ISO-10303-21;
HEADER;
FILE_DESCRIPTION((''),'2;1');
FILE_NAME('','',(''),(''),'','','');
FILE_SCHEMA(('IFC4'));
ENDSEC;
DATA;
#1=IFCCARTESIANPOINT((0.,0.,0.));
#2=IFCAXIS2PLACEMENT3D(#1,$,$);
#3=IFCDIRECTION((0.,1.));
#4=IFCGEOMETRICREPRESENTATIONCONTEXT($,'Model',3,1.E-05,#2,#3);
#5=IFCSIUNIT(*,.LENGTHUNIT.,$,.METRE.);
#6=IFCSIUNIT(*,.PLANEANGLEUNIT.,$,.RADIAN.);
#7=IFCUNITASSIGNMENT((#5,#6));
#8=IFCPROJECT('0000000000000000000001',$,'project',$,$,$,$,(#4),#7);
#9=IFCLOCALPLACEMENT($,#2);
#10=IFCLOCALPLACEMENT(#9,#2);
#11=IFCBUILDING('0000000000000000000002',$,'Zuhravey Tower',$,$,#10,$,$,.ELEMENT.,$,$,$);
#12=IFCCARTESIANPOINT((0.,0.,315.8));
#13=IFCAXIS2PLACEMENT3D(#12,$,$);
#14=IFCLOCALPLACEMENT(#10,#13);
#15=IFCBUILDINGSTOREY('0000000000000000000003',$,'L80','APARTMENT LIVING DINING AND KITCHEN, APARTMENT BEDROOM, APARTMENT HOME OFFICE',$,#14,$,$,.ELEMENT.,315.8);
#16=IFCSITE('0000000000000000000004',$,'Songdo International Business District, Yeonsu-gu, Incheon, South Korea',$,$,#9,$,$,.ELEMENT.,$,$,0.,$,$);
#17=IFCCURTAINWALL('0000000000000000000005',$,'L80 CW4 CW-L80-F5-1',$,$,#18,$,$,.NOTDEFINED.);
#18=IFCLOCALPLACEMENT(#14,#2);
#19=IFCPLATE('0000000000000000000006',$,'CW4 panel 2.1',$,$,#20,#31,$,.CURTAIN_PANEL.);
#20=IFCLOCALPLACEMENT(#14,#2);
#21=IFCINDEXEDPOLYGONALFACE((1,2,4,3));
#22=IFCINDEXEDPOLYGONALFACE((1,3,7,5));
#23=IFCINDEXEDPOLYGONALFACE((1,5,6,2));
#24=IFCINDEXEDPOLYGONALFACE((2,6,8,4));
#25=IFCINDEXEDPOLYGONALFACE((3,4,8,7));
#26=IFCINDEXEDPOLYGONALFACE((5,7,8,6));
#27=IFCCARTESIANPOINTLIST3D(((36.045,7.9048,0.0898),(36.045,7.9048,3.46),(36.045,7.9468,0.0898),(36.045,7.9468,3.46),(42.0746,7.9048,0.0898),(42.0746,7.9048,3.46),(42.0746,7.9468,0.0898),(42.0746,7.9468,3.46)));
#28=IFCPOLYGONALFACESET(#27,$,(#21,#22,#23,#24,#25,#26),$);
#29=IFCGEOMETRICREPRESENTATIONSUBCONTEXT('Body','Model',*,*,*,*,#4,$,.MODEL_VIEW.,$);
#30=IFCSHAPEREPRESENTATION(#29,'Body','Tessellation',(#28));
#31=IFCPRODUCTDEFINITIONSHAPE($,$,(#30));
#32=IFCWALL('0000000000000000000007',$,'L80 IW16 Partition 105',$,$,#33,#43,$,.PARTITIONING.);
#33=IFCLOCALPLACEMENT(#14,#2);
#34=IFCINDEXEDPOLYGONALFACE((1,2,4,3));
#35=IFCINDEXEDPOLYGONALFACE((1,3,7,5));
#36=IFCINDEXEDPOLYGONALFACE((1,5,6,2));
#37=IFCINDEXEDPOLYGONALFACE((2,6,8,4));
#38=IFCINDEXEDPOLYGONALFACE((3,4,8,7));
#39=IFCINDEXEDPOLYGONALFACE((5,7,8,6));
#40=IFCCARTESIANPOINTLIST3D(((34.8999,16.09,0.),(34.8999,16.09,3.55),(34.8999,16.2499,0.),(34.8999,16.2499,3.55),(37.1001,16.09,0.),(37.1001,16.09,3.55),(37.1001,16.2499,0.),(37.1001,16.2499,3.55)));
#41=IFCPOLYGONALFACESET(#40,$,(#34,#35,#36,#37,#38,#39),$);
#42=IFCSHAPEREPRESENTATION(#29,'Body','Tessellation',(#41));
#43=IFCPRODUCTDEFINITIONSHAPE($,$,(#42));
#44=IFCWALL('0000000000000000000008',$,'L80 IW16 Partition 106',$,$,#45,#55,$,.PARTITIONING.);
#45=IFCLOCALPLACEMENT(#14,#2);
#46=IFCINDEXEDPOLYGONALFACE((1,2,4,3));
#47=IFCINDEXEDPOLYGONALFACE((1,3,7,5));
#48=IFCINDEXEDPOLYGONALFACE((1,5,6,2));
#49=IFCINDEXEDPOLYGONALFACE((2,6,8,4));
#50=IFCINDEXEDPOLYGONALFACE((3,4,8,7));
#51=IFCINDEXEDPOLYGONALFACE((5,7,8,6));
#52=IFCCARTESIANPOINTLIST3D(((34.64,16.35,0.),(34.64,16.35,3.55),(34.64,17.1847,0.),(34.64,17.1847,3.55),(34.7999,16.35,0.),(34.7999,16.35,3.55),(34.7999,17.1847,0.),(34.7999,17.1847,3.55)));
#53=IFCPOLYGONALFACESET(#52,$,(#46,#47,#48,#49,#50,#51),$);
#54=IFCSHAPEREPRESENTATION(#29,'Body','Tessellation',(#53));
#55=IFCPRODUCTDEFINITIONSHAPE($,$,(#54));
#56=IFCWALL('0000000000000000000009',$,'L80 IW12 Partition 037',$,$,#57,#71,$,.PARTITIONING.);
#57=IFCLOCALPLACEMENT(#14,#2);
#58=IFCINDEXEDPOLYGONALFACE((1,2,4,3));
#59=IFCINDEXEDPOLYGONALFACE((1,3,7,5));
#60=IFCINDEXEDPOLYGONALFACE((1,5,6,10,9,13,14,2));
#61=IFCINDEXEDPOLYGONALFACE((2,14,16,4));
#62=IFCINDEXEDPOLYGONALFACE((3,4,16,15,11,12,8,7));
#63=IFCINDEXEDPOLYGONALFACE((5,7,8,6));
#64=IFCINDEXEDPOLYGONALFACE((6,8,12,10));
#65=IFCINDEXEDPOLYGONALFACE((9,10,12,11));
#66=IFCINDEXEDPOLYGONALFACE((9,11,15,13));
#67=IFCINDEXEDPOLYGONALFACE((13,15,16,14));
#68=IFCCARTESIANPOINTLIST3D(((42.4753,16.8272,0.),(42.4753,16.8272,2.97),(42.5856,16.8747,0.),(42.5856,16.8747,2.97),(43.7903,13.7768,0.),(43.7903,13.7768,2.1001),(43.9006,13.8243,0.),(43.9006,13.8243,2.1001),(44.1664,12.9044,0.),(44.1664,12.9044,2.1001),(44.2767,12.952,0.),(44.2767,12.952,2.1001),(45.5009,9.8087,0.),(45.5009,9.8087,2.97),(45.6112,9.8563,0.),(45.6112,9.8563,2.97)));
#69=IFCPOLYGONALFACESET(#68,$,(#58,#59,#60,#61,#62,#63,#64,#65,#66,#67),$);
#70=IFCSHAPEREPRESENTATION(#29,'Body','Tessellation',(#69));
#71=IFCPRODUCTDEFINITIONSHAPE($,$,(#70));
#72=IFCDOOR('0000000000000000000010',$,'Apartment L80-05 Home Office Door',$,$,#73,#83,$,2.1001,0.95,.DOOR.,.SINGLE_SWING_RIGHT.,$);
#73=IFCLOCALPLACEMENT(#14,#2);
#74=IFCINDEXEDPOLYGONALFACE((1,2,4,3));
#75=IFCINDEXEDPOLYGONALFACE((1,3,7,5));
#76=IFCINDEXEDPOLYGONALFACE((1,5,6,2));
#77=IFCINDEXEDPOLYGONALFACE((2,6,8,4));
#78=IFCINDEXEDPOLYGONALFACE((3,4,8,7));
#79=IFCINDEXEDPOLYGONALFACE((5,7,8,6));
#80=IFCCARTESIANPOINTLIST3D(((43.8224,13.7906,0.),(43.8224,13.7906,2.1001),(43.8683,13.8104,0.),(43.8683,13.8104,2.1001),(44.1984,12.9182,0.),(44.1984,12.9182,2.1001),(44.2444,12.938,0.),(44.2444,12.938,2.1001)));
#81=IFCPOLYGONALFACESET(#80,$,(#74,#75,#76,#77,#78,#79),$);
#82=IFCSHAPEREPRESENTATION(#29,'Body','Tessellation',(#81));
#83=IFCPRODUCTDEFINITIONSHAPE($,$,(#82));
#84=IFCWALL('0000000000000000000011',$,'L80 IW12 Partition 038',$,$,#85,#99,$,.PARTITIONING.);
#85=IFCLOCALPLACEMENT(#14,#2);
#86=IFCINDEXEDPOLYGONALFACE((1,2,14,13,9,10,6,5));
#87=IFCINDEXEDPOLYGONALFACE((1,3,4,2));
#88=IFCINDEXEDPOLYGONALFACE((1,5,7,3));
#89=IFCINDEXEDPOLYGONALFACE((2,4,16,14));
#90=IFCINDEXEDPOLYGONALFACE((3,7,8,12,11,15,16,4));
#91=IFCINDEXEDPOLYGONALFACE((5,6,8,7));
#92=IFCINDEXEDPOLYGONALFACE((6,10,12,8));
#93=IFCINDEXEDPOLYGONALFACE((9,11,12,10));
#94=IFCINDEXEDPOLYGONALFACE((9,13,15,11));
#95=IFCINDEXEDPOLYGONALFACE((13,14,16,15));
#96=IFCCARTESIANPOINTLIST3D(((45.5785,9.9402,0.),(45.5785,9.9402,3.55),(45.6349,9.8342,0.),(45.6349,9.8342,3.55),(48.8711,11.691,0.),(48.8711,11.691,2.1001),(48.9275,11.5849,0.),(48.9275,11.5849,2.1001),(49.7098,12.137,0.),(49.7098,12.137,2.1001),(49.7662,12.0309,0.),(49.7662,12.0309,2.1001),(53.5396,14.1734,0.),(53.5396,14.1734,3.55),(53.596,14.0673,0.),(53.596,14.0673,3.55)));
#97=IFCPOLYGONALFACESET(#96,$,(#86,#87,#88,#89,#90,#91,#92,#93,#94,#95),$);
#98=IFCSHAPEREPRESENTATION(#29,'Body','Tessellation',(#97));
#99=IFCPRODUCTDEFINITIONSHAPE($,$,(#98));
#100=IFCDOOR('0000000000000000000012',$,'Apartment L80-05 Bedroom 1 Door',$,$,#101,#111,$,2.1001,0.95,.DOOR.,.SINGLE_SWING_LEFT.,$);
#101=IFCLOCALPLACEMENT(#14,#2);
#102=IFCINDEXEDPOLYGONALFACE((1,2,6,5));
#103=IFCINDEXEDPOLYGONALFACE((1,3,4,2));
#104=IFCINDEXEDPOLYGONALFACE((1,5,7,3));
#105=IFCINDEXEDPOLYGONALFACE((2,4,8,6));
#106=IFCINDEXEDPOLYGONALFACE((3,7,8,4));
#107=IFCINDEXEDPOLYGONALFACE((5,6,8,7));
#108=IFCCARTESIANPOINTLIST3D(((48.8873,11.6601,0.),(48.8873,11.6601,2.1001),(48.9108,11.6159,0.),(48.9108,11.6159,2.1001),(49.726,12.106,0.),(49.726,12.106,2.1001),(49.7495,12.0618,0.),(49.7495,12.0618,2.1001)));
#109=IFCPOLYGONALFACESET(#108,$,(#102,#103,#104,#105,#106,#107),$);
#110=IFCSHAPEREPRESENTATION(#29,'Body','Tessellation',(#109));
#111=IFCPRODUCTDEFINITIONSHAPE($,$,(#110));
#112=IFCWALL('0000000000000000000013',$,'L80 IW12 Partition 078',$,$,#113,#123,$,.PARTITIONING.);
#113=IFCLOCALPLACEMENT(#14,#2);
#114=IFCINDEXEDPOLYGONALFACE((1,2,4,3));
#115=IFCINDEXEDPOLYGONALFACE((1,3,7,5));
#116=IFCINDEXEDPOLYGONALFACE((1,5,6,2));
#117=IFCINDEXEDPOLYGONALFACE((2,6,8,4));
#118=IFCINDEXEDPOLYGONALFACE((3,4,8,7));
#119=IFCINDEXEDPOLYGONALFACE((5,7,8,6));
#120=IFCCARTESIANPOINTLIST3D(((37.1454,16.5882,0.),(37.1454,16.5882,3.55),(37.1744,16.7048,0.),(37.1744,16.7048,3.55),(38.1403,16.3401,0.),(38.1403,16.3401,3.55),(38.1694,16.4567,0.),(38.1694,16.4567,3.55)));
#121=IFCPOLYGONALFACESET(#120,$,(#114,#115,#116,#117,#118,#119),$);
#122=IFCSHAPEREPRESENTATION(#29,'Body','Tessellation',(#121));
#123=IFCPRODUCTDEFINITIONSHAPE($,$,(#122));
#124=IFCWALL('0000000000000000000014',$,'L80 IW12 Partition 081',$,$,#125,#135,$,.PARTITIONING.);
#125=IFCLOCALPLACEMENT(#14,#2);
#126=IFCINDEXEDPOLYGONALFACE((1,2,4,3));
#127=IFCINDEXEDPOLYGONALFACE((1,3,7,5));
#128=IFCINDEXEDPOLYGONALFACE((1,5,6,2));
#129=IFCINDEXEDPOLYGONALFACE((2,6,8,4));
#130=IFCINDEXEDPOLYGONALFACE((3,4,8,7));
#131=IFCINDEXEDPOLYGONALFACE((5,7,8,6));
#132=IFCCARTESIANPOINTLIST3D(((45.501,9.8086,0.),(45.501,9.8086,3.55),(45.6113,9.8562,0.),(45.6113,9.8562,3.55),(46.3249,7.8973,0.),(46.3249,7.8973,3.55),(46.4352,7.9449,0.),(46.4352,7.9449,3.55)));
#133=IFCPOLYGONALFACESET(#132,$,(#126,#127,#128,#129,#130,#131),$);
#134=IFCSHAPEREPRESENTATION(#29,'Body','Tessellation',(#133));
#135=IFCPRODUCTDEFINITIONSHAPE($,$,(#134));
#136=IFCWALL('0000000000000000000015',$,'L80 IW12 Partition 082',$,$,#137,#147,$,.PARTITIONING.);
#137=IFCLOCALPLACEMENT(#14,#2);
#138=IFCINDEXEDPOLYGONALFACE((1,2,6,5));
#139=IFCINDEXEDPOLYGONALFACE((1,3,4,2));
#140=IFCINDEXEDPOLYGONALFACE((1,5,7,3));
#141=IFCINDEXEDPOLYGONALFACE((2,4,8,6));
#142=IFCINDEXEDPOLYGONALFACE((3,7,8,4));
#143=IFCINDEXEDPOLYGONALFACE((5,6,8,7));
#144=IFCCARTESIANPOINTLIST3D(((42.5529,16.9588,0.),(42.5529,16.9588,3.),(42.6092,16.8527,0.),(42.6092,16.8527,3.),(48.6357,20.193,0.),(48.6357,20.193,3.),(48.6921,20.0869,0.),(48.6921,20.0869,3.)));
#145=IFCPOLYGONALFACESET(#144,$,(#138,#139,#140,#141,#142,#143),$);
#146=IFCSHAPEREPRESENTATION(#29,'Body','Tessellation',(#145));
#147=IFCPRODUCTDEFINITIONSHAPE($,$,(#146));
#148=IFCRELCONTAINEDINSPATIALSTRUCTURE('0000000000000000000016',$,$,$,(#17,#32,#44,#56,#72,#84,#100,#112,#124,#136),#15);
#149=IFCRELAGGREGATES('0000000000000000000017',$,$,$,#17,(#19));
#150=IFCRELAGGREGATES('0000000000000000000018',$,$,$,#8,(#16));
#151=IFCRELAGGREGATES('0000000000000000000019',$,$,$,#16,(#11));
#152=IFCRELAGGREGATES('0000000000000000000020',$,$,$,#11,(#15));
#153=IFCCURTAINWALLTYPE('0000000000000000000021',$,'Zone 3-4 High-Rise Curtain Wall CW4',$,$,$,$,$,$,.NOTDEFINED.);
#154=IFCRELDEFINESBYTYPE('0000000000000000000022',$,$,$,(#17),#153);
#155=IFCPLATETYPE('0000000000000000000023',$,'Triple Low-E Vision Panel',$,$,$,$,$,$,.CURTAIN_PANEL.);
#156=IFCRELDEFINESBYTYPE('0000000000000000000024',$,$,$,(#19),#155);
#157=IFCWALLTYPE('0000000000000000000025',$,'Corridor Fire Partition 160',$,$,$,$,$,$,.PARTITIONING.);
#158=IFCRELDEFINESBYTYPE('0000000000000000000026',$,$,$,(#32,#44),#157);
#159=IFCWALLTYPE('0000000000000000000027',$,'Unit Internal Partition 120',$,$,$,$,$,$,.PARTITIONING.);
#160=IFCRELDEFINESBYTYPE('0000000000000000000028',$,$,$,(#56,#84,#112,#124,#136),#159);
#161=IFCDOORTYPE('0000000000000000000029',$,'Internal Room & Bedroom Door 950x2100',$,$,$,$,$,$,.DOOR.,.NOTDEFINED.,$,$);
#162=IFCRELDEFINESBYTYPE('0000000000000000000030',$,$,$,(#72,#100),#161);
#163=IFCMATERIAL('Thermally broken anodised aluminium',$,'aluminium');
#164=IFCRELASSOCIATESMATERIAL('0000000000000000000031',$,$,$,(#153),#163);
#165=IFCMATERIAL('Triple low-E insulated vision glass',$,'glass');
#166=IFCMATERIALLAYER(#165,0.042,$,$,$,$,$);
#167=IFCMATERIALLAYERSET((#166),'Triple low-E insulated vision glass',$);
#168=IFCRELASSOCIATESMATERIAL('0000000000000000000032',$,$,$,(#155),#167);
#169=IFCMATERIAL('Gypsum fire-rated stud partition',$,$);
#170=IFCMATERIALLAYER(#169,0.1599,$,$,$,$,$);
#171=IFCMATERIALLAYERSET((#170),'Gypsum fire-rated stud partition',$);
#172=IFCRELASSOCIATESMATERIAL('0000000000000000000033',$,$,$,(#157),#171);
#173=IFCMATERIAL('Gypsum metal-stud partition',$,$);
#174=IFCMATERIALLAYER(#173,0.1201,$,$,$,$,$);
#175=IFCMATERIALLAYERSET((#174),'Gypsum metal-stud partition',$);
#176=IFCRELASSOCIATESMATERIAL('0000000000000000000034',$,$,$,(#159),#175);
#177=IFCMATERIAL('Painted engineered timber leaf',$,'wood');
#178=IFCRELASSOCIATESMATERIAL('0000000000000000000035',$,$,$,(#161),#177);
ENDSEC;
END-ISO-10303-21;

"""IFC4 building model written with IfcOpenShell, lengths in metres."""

from ifc_helpers import new_model, si_unit, direction, frame, frame_2d, origin, origin_2d, place, context, subcontext, project, spatial, rectangle, extrude, material, layer, layer_set, type_object, element, fill, aggregate, save


model = new_model("IFC4")

# Units and contexts
model_context = context("Model", 3, precision=1e-05, world=origin(), true_north=direction((0.0, 1.0)))
body_context = subcontext(model_context, "Body", "Model", "MODEL_VIEW")
ifc_project = project(units=[si_unit("LENGTHUNIT", "METRE"), si_unit("PLANEANGLEUNIT", "RADIAN")], contexts=[model_context])

# Site, building, storey
site_placement = place(None, origin())
site = spatial("IfcSite", under=ifc_project, at=site_placement, Name="Songdo International Business District, Yeonsu-gu, Incheon, South Korea", CompositionType="ELEMENT", RefElevation=0.0)
building_placement = place(site_placement, origin())
building = spatial("IfcBuilding", under=site, at=building_placement, Name="Zuhravey Tower", CompositionType="ELEMENT")
storey_placement = place(building_placement, frame((0.0, 0.0, 315.8)))
storey = spatial("IfcBuildingStorey", under=building, at=storey_placement, Name="L80", Description="APARTMENT LIVING DINING AND KITCHEN, APARTMENT BEDROOM, APARTMENT HOME OFFICE", CompositionType="ELEMENT", Elevation=315.8)

# Curtain wall
ifc_material_1 = material(Name="Thermally broken anodised aluminium", Category="aluminium")
curtain_wall_type = type_object("IfcCurtainWallType", Name="Zone 3-4 High-Rise Curtain Wall CW4", PredefinedType="NOTDEFINED", material=ifc_material_1)
curtain_wall_placement = place(storey_placement, origin())
curtain_wall = element("IfcCurtainWall", 1, at=curtain_wall_placement, inside=storey, type_object=curtain_wall_type, Name="L80 CW4 CW-L80-F5-1", PredefinedType="NOTDEFINED")

# Plate
ifc_material_2 = material(Name="Triple low-E insulated vision glass", Category="glass")
ifc_layer_1 = layer(ifc_material_2, 0.042)
ifc_layer_set_1 = layer_set([ifc_layer_1], Name="Triple low-E insulated vision glass")
plate_type_1 = type_object("IfcPlateType", Name="Triple Low-E Vision Panel", PredefinedType="CURTAIN_PANEL", material=ifc_layer_set_1)
plate_1_placement = place(storey_placement, frame((39.0598, 7.9258, 0.0898), z_axis=(0.0, 0.0, 1.0), x_axis=(-1.0, 0.0, 0.0)))
plate_1 = element("IfcPlate", 2, at=plate_1_placement, type_object=plate_type_1, Name="CW4 panel 2.1", PredefinedType="CURTAIN_PANEL", context=body_context, shape_type="SweptSolid", body=[
    extrude(rectangle(XDim=6.0295, YDim=0.042, at=origin_2d()), origin(), (0.0, 0.0, 1.0), 3.3701),
])
aggregate(curtain_wall, [plate_1])

# Walls
ifc_material_3 = material(Name="Gypsum fire-rated stud partition")
ifc_layer_2 = layer(ifc_material_3, 0.1599)
ifc_layer_set_2 = layer_set([ifc_layer_2], Name="Gypsum fire-rated stud partition")
wall_type_1 = type_object("IfcWallType", Name="Corridor Fire Partition 160", PredefinedType="PARTITIONING", material=ifc_layer_set_2)
wall_1_placement = place(storey_placement, frame((34.8999, 16.1699, 0.0), z_axis=(0.0, 0.0, 1.0), x_axis=(1.0, 0.0, 0.0)))
element("IfcWall", 3, at=wall_1_placement, inside=storey, type_object=wall_type_1, Name="L80 IW16 Partition 105", PredefinedType="PARTITIONING", context=body_context, shape_type="SweptSolid", body=[
    extrude(rectangle(XDim=2.2002, YDim=0.1599, at=frame_2d((1.1001, 0.0))), origin(), (0.0, 0.0, 1.0), 3.55),
])
wall_2_placement = place(storey_placement, frame((34.72, 17.1848, 0.0), z_axis=(0.0, 0.0, 1.0), x_axis=(0.0, -1.0, 0.0)))
element("IfcWall", 4, at=wall_2_placement, inside=storey, type_object=wall_type_1, Name="L80 IW16 Partition 106", PredefinedType="PARTITIONING", context=body_context, shape_type="SweptSolid", body=[
    extrude(rectangle(XDim=0.8347, YDim=0.1599, at=frame_2d((0.4175, 0.0))), origin(), (0.0, 0.0, 1.0), 3.55),
])

# Walls, openings, doors
ifc_material_4 = material(Name="Gypsum metal-stud partition")
ifc_layer_3 = layer(ifc_material_4, 0.1201)
ifc_layer_set_3 = layer_set([ifc_layer_3], Name="Gypsum metal-stud partition")
wall_type_2 = type_object("IfcWallType", Name="Unit Internal Partition 120", PredefinedType="PARTITIONING", material=ifc_layer_set_3)
wall_3_placement = place(storey_placement, frame((42.5305, 16.8508, 0.0), z_axis=(0.0, 0.0, 1.0), x_axis=(0.395873, -0.918305, 0.0)))
wall_3 = element("IfcWall", 5, at=wall_3_placement, inside=storey, type_object=wall_type_2, Name="L80 IW12 Partition 037", PredefinedType="PARTITIONING", context=body_context, shape_type="SweptSolid", body=[
    extrude(rectangle(XDim=7.6428, YDim=0.1201, at=frame_2d((3.8213, 0.0))), origin(), (0.0, 0.0, 1.0), 2.97),
])
opening_1_placement = place(wall_3_placement, frame((3.3215, 0.0, 0.0)))
opening_1 = element("IfcOpeningElement", 6, at=opening_1_placement, cuts=wall_3, PredefinedType="OPENING", context=body_context, shape_type="SweptSolid", body=[
    extrude(rectangle(XDim=0.95, YDim=2.1001, at=frame_2d((0.4751, 1.05))), frame((0.0, 0.072, 0.0), z_axis=(0.0, -1.0, 0.0), x_axis=(1.0, 0.0, 0.0)), (0.0, 0.0, 1.0), 0.144),
])
ifc_material_5 = material(Name="Painted engineered timber leaf", Category="wood")
door_type = type_object("IfcDoorType", Name="Internal Room & Bedroom Door 950x2100", OperationType="NOTDEFINED", PredefinedType="DOOR", material=ifc_material_5)
door_1_placement = place(opening_1_placement, origin())
door_1 = element("IfcDoor", 7, at=door_1_placement, inside=storey, type_object=door_type, Name="Apartment L80-05 Home Office Door", OperationType="SINGLE_SWING_RIGHT", OverallHeight=2.1001, OverallWidth=0.95, PredefinedType="DOOR", context=body_context, shape_type="SweptSolid", body=[
    extrude(rectangle(XDim=0.95, YDim=2.1001, at=frame_2d((0.4751, 1.05))), frame((0.0, 0.0249, 0.0), z_axis=(0.0, -1.0, 0.0), x_axis=(1.0, 0.0, 0.0)), (0.0, 0.0, 1.0), 0.05),
])
fill(opening_1, door_1)
wall_4_placement = place(storey_placement, frame((45.6067, 9.8872, 0.0), z_axis=(0.0, 0.0, 1.0), x_axis=(0.882942, 0.469482, 0.0)))
wall_4 = element("IfcWall", 8, at=wall_4_placement, inside=storey, type_object=wall_type_2, Name="L80 IW12 Partition 038", PredefinedType="PARTITIONING", context=body_context, shape_type="SweptSolid", body=[
    extrude(rectangle(XDim=9.0166, YDim=0.1201, at=frame_2d((4.5083, 0.0))), origin(), (0.0, 0.0, 1.0), 3.55),
])
opening_2_placement = place(wall_4_placement, frame((3.729, 0.0, 0.0)))
opening_2 = element("IfcOpeningElement", 9, at=opening_2_placement, cuts=wall_4, PredefinedType="OPENING", context=body_context, shape_type="SweptSolid", body=[
    extrude(rectangle(XDim=0.95, YDim=2.1001, at=frame_2d((0.4751, 1.05))), frame((0.0, 0.072, 0.0), z_axis=(0.0, -1.0, 0.0), x_axis=(1.0, 0.0, 0.0)), (0.0, 0.0, 1.0), 0.144),
])
door_2_placement = place(opening_2_placement, frame((0.95, 0.0, 0.0), z_axis=(0.0, 0.0, 1.0), x_axis=(-1.0, 0.0, 0.0)))
door_2 = element("IfcDoor", 10, at=door_2_placement, inside=storey, type_object=door_type, Name="Apartment L80-05 Bedroom 1 Door", OperationType="SINGLE_SWING_LEFT", OverallHeight=2.1001, OverallWidth=0.95, PredefinedType="DOOR", context=body_context, shape_type="SweptSolid", body=[
    extrude(rectangle(XDim=0.95, YDim=2.1001, at=frame_2d((0.4751, 1.05))), frame((0.0, 0.0249, 0.0), z_axis=(0.0, -1.0, 0.0), x_axis=(1.0, 0.0, 0.0)), (0.0, 0.0, 1.0), 0.05),
])
fill(opening_2, door_2)

# Walls
wall_5_placement = place(storey_placement, frame((37.1599, 16.6465, 0.0), z_axis=(0.0, 0.0, 1.0), x_axis=(0.970296, -0.241919, 0.0)))
element("IfcWall", 11, at=wall_5_placement, inside=storey, type_object=wall_type_2, Name="L80 IW12 Partition 078", PredefinedType="PARTITIONING", context=body_context, shape_type="SweptSolid", body=[
    extrude(rectangle(XDim=1.0254, YDim=0.1201, at=frame_2d((0.5127, 0.0))), origin(), (0.0, 0.0, 1.0), 3.55),
])
wall_6_placement = place(storey_placement, frame((45.5562, 9.8323, 0.0), z_axis=(0.0, 0.0, 1.0), x_axis=(0.395872, -0.918306, 0.0)))
element("IfcWall", 12, at=wall_6_placement, inside=storey, type_object=wall_type_2, Name="L80 IW12 Partition 081", PredefinedType="PARTITIONING", context=body_context, shape_type="SweptSolid", body=[
    extrude(rectangle(XDim=2.0813, YDim=0.1201, at=frame_2d((1.0405, 0.0))), origin(), (0.0, 0.0, 1.0), 3.55),
])
wall_7_placement = place(storey_placement, frame((42.5811, 16.9058, 0.0), z_axis=(0.0, 0.0, 1.0), x_axis=(0.882956, 0.469457, 0.0)))
element("IfcWall", 13, at=wall_7_placement, inside=storey, type_object=wall_type_2, Name="L80 IW12 Partition 082", PredefinedType="PARTITIONING", context=body_context, shape_type="SweptSolid", body=[
    extrude(rectangle(XDim=6.8892, YDim=0.1201, at=frame_2d((3.4446, 0.0))), origin(), (0.0, 0.0, 1.0), 3.0),
])

save(model, "model.ifc")
